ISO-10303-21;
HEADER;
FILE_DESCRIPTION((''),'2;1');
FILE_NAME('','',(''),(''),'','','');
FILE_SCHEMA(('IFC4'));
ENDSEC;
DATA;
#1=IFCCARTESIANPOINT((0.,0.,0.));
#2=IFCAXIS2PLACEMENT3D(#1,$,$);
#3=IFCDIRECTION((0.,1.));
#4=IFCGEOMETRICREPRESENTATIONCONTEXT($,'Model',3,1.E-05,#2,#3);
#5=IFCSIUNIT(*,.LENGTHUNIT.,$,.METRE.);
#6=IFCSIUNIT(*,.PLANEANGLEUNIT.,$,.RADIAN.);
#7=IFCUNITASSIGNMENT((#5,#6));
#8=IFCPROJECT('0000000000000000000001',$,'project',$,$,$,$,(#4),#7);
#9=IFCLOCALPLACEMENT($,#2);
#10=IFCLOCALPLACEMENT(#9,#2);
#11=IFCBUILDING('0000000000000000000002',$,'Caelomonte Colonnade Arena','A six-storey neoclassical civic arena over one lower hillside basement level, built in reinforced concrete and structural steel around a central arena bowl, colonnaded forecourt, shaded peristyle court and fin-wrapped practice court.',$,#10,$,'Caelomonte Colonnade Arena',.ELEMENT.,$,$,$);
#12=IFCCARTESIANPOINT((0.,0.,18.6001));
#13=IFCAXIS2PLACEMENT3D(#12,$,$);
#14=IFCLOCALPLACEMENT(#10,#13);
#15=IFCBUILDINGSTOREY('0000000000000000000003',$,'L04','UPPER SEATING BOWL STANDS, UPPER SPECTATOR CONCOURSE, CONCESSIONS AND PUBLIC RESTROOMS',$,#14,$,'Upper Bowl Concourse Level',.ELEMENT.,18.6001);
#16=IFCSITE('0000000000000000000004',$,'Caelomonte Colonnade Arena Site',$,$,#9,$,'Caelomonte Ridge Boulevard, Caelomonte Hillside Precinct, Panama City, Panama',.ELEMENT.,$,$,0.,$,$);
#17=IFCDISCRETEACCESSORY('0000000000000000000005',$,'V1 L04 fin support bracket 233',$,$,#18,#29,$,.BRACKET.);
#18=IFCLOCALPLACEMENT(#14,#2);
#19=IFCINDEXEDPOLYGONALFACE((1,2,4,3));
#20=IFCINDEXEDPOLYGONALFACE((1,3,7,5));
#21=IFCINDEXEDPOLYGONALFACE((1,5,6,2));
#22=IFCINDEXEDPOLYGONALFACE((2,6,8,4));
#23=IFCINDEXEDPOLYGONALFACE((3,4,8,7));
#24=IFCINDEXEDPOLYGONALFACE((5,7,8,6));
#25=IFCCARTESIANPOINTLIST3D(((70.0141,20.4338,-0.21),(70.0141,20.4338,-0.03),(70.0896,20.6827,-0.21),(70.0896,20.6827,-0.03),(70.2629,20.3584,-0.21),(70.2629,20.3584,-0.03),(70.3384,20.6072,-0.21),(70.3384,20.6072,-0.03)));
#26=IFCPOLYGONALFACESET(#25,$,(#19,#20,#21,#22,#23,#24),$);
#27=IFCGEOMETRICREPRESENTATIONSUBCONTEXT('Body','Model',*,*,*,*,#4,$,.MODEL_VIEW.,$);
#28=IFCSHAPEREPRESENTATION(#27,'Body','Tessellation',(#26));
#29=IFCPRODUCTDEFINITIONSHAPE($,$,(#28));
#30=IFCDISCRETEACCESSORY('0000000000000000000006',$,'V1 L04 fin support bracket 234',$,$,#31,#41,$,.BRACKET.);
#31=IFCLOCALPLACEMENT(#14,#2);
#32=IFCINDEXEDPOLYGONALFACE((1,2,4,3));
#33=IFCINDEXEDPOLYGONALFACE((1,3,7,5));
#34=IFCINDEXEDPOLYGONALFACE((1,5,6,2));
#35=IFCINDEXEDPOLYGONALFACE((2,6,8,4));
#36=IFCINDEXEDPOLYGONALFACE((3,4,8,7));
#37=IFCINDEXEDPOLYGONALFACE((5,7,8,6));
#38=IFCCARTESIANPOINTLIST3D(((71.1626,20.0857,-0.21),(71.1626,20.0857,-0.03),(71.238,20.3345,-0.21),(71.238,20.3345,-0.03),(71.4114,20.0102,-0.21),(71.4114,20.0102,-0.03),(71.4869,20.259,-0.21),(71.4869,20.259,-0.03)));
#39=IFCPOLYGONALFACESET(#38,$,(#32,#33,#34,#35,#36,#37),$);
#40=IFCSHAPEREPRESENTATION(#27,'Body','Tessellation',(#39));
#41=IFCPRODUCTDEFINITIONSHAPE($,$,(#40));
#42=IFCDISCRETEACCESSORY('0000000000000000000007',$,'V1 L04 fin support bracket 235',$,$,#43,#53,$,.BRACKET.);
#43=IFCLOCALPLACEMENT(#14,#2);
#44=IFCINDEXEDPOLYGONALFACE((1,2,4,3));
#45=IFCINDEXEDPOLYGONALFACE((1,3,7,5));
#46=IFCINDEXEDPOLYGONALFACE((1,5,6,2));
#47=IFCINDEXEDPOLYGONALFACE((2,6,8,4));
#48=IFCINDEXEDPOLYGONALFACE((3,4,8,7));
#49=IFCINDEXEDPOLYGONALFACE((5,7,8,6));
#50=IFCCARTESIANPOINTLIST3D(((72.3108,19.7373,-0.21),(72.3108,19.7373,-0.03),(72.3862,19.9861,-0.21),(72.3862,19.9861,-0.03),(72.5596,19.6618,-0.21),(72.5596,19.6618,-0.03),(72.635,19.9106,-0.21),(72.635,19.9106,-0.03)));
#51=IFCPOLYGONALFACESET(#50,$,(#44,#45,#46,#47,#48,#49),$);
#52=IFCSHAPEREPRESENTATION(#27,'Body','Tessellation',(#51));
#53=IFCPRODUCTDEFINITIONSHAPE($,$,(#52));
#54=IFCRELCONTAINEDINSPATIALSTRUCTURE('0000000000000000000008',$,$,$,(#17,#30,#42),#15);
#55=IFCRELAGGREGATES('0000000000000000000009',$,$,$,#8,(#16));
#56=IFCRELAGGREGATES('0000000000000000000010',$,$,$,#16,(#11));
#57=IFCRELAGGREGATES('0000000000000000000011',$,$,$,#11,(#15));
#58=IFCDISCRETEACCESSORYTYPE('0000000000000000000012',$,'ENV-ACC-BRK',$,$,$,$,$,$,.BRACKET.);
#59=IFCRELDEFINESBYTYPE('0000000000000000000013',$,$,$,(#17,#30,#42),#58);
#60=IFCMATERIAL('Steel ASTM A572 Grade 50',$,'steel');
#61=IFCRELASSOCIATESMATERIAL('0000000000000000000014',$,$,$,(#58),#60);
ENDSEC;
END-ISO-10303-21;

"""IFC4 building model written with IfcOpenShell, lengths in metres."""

from ifc_helpers import new_model, si_unit, direction, frame, origin, origin_2d, place, context, subcontext, project, spatial, rectangle, extrude, material, type_object, element, save


model = new_model("IFC4")

# Units and contexts
model_context = context("Model", 3, precision=1e-05, world=origin(), true_north=direction((0.0, 1.0)))
body_context = subcontext(model_context, "Body", "Model", "MODEL_VIEW")
ifc_project = project(units=[si_unit("LENGTHUNIT", "METRE"), si_unit("PLANEANGLEUNIT", "RADIAN")], contexts=[model_context])

# Site, building, storey
site_placement = place(None, origin())
site = spatial("IfcSite", under=ifc_project, at=site_placement, Name="Caelomonte Colonnade Arena Site", LongName="Caelomonte Ridge Boulevard, Caelomonte Hillside Precinct, Panama City, Panama", CompositionType="ELEMENT", RefElevation=0.0)
building_placement = place(site_placement, origin())
building = spatial("IfcBuilding", under=site, at=building_placement, Name="Caelomonte Colonnade Arena", Description="A six-storey neoclassical civic arena over one lower hillside basement level, built in reinforced concrete and structural steel around a central arena bowl, colonnaded forecourt, shaded peristyle court and fin-wrapped practice court.", LongName="Caelomonte Colonnade Arena", CompositionType="ELEMENT")
storey_placement = place(building_placement, frame((0.0, 0.0, 18.6001)))
storey = spatial("IfcBuildingStorey", under=building, at=storey_placement, Name="L04", Description="UPPER SEATING BOWL STANDS, UPPER SPECTATOR CONCOURSE, CONCESSIONS AND PUBLIC RESTROOMS", LongName="Upper Bowl Concourse Level", CompositionType="ELEMENT", Elevation=18.6001)

# Discrete accessories
ifc_material_1 = material(Name="Steel ASTM A572 Grade 50", Category="steel")
discrete_accessory_type = type_object("IfcDiscreteAccessoryType", Name="ENV-ACC-BRK", PredefinedType="BRACKET", material=ifc_material_1)
for number, where, z_axis, x_axis, name in (
    (1, (70.1763, 20.5205, -0.21), (0.0, 0.0, 1.0), (0.956943, -0.290276, 0.0), "V1 L04 fin support bracket 233"),
    (2, (71.3247, 20.1724, -0.21), (0.0, 0.0, 1.0), (0.956943, -0.290276, 0.0), "V1 L04 fin support bracket 234"),
    (3, (72.4729, 19.824, -0.21), (0.0, 0.0, 1.0), (0.956943, -0.290276, 0.0), "V1 L04 fin support bracket 235"),
):
    element("IfcDiscreteAccessory", number, at=place(storey_placement, frame(where, z_axis=z_axis, x_axis=x_axis)), inside=storey, type_object=discrete_accessory_type, Name=name, PredefinedType="BRACKET", context=body_context, shape_type="SweptSolid", body=[
        extrude(rectangle(XDim=0.26, YDim=0.26, at=origin_2d()), origin(), (0.0, 0.0, 1.0), 0.1799),
    ])

save(model, "model.ifc")
